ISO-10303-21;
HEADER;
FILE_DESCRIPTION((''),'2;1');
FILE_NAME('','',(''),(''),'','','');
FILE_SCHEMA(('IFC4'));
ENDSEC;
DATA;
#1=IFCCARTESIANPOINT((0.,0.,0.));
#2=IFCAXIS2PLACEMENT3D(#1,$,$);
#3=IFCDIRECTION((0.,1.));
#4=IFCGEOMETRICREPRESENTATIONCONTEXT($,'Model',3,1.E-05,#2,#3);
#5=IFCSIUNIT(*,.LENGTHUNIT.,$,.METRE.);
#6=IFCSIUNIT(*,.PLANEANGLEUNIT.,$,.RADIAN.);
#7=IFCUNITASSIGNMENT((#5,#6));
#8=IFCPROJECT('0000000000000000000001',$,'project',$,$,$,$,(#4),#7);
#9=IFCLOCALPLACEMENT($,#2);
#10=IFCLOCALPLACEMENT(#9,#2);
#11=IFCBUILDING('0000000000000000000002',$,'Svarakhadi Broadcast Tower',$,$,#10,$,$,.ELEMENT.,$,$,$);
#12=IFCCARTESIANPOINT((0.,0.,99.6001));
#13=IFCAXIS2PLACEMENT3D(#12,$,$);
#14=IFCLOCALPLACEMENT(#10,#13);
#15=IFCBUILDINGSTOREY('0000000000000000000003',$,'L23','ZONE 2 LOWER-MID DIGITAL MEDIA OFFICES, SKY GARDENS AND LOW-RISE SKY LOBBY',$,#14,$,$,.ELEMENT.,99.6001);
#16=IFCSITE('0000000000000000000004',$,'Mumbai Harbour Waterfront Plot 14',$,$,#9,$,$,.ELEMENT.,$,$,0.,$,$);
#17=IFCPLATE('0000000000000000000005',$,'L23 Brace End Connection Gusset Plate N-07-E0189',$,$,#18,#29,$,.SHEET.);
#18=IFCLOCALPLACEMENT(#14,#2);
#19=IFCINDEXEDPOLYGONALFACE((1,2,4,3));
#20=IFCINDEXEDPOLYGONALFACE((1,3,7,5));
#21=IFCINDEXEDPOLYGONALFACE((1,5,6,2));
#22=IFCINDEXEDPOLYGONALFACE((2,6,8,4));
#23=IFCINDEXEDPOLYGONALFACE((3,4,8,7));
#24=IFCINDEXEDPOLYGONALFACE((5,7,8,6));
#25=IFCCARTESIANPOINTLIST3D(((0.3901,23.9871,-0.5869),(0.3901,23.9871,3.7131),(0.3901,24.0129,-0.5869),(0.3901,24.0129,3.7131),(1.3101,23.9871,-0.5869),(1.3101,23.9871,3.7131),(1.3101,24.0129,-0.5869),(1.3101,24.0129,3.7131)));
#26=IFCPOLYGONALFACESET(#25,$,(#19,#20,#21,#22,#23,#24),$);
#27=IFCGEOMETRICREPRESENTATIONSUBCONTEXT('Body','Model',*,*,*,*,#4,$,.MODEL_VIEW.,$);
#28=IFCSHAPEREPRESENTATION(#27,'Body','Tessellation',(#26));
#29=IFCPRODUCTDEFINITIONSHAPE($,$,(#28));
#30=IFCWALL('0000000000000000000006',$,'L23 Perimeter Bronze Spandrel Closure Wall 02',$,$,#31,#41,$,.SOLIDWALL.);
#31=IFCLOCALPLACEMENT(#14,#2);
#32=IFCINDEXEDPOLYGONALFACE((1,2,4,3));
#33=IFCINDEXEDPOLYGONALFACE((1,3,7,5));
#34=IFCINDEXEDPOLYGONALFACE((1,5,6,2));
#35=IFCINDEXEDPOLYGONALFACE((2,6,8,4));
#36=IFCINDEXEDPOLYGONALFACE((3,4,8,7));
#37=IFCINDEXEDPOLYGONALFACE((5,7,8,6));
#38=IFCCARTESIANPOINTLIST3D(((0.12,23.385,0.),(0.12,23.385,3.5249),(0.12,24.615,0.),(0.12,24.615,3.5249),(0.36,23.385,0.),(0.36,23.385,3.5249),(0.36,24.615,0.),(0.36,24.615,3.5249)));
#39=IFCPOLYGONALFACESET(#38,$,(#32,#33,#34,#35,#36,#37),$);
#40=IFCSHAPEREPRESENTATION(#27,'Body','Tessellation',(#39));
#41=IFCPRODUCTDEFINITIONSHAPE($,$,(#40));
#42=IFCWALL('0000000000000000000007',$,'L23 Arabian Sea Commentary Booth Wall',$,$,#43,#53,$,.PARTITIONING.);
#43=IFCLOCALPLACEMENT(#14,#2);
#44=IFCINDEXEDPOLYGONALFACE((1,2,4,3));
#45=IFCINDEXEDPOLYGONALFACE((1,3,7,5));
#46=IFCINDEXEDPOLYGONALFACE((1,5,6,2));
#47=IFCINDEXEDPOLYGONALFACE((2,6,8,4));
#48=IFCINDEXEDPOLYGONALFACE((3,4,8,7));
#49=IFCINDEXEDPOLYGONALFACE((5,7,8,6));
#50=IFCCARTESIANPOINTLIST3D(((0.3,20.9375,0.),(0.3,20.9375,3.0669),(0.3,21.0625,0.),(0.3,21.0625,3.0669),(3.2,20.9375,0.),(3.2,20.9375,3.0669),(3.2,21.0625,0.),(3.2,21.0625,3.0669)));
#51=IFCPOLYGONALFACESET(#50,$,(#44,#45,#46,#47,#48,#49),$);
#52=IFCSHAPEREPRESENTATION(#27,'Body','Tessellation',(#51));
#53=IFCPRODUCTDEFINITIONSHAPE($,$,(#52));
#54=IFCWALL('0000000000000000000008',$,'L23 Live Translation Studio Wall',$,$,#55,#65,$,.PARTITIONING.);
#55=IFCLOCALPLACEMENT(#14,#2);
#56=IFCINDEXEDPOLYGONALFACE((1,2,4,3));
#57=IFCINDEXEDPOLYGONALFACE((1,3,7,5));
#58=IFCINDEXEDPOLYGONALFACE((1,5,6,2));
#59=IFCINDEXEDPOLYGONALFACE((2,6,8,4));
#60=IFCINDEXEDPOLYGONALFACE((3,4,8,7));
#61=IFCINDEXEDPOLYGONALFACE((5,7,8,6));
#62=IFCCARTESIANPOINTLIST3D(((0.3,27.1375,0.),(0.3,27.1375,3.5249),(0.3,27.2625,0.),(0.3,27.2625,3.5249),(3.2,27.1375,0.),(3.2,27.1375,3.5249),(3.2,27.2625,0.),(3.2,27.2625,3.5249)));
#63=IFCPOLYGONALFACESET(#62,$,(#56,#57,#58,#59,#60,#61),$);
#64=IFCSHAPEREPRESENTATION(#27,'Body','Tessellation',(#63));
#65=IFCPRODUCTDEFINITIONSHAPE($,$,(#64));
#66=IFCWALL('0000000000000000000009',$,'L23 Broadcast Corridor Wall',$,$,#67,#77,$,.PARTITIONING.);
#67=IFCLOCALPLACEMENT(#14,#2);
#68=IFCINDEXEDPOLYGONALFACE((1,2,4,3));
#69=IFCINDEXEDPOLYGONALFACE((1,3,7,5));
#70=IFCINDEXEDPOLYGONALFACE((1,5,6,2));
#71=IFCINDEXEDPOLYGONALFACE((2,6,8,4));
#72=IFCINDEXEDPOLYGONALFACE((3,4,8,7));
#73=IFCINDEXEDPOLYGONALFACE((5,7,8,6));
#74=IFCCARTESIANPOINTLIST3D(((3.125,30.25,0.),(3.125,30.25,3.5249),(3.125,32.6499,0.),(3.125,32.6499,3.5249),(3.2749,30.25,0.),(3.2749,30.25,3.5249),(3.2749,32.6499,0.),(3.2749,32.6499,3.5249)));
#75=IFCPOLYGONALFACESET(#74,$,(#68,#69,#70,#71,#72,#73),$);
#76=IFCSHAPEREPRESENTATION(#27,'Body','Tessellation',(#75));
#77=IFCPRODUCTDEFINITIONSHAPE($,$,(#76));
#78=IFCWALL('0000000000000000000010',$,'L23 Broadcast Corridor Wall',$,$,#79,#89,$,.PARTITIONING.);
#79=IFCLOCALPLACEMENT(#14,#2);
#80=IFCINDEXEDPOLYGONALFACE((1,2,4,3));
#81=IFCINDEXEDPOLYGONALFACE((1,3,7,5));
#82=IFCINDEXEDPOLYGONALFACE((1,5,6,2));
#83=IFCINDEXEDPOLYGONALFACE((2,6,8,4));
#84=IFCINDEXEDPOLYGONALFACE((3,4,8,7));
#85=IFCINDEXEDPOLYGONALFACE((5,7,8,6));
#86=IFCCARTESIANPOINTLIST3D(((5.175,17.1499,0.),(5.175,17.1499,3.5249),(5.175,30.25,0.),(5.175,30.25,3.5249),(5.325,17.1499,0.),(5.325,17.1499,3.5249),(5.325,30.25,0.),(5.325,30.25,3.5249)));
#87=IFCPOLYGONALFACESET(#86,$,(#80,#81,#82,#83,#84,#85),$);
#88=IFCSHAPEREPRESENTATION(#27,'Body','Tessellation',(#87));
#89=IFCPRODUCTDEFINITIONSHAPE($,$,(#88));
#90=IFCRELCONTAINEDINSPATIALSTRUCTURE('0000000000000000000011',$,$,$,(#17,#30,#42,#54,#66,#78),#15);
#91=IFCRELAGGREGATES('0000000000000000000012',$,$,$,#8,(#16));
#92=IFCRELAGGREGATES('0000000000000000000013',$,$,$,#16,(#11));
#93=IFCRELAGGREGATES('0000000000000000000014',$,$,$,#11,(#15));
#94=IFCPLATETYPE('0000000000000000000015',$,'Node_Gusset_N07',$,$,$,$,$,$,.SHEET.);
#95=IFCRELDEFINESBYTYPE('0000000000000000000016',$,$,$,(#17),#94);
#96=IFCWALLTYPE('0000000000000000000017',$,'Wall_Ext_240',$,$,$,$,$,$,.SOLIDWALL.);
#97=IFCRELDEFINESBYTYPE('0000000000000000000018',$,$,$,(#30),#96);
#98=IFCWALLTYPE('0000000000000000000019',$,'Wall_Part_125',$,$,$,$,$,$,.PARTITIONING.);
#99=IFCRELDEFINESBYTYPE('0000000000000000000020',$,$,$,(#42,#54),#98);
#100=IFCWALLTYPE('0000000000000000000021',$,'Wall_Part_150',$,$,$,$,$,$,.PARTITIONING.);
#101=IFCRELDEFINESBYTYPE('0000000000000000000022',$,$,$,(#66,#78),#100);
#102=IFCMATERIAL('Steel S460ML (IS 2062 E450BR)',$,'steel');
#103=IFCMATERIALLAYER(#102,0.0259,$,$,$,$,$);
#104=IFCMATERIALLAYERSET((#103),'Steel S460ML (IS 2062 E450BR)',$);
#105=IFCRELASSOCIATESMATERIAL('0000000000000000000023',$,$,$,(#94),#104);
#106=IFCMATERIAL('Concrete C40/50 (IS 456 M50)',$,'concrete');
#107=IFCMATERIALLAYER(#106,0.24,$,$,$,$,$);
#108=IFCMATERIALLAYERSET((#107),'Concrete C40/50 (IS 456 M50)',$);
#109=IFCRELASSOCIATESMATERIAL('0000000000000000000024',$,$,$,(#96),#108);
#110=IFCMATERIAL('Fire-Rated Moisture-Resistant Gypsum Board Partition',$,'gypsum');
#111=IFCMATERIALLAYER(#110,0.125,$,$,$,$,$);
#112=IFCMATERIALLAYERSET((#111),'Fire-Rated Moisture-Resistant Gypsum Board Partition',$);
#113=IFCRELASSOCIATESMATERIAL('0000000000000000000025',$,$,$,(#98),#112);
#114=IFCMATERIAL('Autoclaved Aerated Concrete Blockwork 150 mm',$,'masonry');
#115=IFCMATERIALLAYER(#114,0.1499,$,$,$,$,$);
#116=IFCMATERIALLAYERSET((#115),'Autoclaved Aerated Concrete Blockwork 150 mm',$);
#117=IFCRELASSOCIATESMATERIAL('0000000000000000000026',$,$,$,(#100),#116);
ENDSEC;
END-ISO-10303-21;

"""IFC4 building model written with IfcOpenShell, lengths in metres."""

from ifc_helpers import new_model, si_unit, direction, frame, frame_2d, origin, origin_2d, place, context, subcontext, project, spatial, rectangle, extrude, material, layer, layer_set, type_object, element, save


model = new_model("IFC4")

# Units and contexts
model_context = context("Model", 3, precision=1e-05, world=origin(), true_north=direction((0.0, 1.0)))
body_context = subcontext(model_context, "Body", "Model", "MODEL_VIEW")
ifc_project = project(units=[si_unit("LENGTHUNIT", "METRE"), si_unit("PLANEANGLEUNIT", "RADIAN")], contexts=[model_context])

# Site, building, storey
site_placement = place(None, origin())
site = spatial("IfcSite", under=ifc_project, at=site_placement, Name="Mumbai Harbour Waterfront Plot 14", CompositionType="ELEMENT", RefElevation=0.0)
building_placement = place(site_placement, origin())
building = spatial("IfcBuilding", under=site, at=building_placement, Name="Svarakhadi Broadcast Tower", CompositionType="ELEMENT")
storey_placement = place(building_placement, frame((0.0, 0.0, 99.6001)))
storey = spatial("IfcBuildingStorey", under=building, at=storey_placement, Name="L23", Description="ZONE 2 LOWER-MID DIGITAL MEDIA OFFICES, SKY GARDENS AND LOW-RISE SKY LOBBY", CompositionType="ELEMENT", Elevation=99.6001)

# Shared definitions
ifc_material_1 = material(Name="Steel S460ML (IS 2062 E450BR)", Category="steel")

# Plate
ifc_layer_1 = layer(ifc_material_1, 0.0259)
ifc_layer_set_1 = layer_set([ifc_layer_1], Name="Steel S460ML (IS 2062 E450BR)")
plate_type_1 = type_object("IfcPlateType", Name="Node_Gusset_N07", PredefinedType="SHEET", material=ifc_layer_set_1)
plate_1_placement = place(storey_placement, frame((0.8501, 24.0, -0.5869), z_axis=(0.0, 0.0, 1.0), x_axis=(1.0, 0.0, 0.0)))
element("IfcPlate", 1, at=plate_1_placement, inside=storey, type_object=plate_type_1, Name="L23 Brace End Connection Gusset Plate N-07-E0189", PredefinedType="SHEET", context=body_context, shape_type="SweptSolid", body=[
    extrude(rectangle(XDim=0.9199, YDim=0.0259, at=origin_2d()), origin(), (0.0, 0.0, 1.0), 4.3),
])

# Walls
ifc_material_2 = material(Name="Concrete C40/50 (IS 456 M50)", Category="concrete")
ifc_layer_2 = layer(ifc_material_2, 0.24)
ifc_layer_set_2 = layer_set([ifc_layer_2], Name="Concrete C40/50 (IS 456 M50)")
wall_type_1 = type_object("IfcWallType", Name="Wall_Ext_240", PredefinedType="SOLIDWALL", material=ifc_layer_set_2)
wall_1_placement = place(storey_placement, frame((0.24, 23.385, 0.0), z_axis=(0.0, 0.0, 1.0), x_axis=(0.0, 1.0, 0.0)))
element("IfcWall", 2, at=wall_1_placement, inside=storey, type_object=wall_type_1, Name="L23 Perimeter Bronze Spandrel Closure Wall 02", PredefinedType="SOLIDWALL", context=body_context, shape_type="SweptSolid", body=[
    extrude(rectangle(XDim=1.23, YDim=0.24, at=frame_2d((0.615, 0.0))), origin(), (0.0, 0.0, 1.0), 3.5249),
])
ifc_material_3 = material(Name="Fire-Rated Moisture-Resistant Gypsum Board Partition", Category="gypsum")
ifc_layer_3 = layer(ifc_material_3, 0.125)
ifc_layer_set_3 = layer_set([ifc_layer_3], Name="Fire-Rated Moisture-Resistant Gypsum Board Partition")
wall_type_2 = type_object("IfcWallType", Name="Wall_Part_125", PredefinedType="PARTITIONING", material=ifc_layer_set_3)
wall_2_placement = place(storey_placement, frame((0.3, 21.0, 0.0), z_axis=(0.0, 0.0, 1.0), x_axis=(1.0, 0.0, 0.0)))
element("IfcWall", 3, at=wall_2_placement, inside=storey, type_object=wall_type_2, Name="L23 Arabian Sea Commentary Booth Wall", PredefinedType="PARTITIONING", context=body_context, shape_type="SweptSolid", body=[
    extrude(rectangle(XDim=2.8999, YDim=0.125, at=frame_2d((1.45, 0.0))), origin(), (0.0, 0.0, 1.0), 3.0669),
])
wall_3_placement = place(storey_placement, frame((0.3, 27.2, 0.0), z_axis=(0.0, 0.0, 1.0), x_axis=(1.0, 0.0, 0.0)))
element("IfcWall", 4, at=wall_3_placement, inside=storey, type_object=wall_type_2, Name="L23 Live Translation Studio Wall", PredefinedType="PARTITIONING", context=body_context, shape_type="SweptSolid", body=[
    extrude(rectangle(XDim=2.8999, YDim=0.125, at=frame_2d((1.45, 0.0))), origin(), (0.0, 0.0, 1.0), 3.5249),
])
ifc_material_4 = material(Name="Autoclaved Aerated Concrete Blockwork 150 mm", Category="masonry")
ifc_layer_4 = layer(ifc_material_4, 0.1499)
ifc_layer_set_4 = layer_set([ifc_layer_4], Name="Autoclaved Aerated Concrete Blockwork 150 mm")
wall_type_3 = type_object("IfcWallType", Name="Wall_Part_150", PredefinedType="PARTITIONING", material=ifc_layer_set_4)
wall_4_placement = place(storey_placement, frame((3.2, 30.25, 0.0), z_axis=(0.0, 0.0, 1.0), x_axis=(0.0, 1.0, 0.0)))
element("IfcWall", 5, at=wall_4_placement, inside=storey, type_object=wall_type_3, Name="L23 Broadcast Corridor Wall", PredefinedType="PARTITIONING", context=body_context, shape_type="SweptSolid", body=[
    extrude(rectangle(XDim=2.3999, YDim=0.1499, at=frame_2d((1.2, 0.0))), origin(), (0.0, 0.0, 1.0), 3.5249),
])
wall_5_placement = place(storey_placement, frame((5.25, 30.25, 0.0), z_axis=(0.0, 0.0, 1.0), x_axis=(0.0, -1.0, 0.0)))
element("IfcWall", 6, at=wall_5_placement, inside=storey, type_object=wall_type_3, Name="L23 Broadcast Corridor Wall", PredefinedType="PARTITIONING", context=body_context, shape_type="SweptSolid", body=[
    extrude(rectangle(XDim=13.1001, YDim=0.1499, at=frame_2d((6.55, 0.0))), origin(), (0.0, 0.0, 1.0), 3.5249),
])

save(model, "model.ifc")
